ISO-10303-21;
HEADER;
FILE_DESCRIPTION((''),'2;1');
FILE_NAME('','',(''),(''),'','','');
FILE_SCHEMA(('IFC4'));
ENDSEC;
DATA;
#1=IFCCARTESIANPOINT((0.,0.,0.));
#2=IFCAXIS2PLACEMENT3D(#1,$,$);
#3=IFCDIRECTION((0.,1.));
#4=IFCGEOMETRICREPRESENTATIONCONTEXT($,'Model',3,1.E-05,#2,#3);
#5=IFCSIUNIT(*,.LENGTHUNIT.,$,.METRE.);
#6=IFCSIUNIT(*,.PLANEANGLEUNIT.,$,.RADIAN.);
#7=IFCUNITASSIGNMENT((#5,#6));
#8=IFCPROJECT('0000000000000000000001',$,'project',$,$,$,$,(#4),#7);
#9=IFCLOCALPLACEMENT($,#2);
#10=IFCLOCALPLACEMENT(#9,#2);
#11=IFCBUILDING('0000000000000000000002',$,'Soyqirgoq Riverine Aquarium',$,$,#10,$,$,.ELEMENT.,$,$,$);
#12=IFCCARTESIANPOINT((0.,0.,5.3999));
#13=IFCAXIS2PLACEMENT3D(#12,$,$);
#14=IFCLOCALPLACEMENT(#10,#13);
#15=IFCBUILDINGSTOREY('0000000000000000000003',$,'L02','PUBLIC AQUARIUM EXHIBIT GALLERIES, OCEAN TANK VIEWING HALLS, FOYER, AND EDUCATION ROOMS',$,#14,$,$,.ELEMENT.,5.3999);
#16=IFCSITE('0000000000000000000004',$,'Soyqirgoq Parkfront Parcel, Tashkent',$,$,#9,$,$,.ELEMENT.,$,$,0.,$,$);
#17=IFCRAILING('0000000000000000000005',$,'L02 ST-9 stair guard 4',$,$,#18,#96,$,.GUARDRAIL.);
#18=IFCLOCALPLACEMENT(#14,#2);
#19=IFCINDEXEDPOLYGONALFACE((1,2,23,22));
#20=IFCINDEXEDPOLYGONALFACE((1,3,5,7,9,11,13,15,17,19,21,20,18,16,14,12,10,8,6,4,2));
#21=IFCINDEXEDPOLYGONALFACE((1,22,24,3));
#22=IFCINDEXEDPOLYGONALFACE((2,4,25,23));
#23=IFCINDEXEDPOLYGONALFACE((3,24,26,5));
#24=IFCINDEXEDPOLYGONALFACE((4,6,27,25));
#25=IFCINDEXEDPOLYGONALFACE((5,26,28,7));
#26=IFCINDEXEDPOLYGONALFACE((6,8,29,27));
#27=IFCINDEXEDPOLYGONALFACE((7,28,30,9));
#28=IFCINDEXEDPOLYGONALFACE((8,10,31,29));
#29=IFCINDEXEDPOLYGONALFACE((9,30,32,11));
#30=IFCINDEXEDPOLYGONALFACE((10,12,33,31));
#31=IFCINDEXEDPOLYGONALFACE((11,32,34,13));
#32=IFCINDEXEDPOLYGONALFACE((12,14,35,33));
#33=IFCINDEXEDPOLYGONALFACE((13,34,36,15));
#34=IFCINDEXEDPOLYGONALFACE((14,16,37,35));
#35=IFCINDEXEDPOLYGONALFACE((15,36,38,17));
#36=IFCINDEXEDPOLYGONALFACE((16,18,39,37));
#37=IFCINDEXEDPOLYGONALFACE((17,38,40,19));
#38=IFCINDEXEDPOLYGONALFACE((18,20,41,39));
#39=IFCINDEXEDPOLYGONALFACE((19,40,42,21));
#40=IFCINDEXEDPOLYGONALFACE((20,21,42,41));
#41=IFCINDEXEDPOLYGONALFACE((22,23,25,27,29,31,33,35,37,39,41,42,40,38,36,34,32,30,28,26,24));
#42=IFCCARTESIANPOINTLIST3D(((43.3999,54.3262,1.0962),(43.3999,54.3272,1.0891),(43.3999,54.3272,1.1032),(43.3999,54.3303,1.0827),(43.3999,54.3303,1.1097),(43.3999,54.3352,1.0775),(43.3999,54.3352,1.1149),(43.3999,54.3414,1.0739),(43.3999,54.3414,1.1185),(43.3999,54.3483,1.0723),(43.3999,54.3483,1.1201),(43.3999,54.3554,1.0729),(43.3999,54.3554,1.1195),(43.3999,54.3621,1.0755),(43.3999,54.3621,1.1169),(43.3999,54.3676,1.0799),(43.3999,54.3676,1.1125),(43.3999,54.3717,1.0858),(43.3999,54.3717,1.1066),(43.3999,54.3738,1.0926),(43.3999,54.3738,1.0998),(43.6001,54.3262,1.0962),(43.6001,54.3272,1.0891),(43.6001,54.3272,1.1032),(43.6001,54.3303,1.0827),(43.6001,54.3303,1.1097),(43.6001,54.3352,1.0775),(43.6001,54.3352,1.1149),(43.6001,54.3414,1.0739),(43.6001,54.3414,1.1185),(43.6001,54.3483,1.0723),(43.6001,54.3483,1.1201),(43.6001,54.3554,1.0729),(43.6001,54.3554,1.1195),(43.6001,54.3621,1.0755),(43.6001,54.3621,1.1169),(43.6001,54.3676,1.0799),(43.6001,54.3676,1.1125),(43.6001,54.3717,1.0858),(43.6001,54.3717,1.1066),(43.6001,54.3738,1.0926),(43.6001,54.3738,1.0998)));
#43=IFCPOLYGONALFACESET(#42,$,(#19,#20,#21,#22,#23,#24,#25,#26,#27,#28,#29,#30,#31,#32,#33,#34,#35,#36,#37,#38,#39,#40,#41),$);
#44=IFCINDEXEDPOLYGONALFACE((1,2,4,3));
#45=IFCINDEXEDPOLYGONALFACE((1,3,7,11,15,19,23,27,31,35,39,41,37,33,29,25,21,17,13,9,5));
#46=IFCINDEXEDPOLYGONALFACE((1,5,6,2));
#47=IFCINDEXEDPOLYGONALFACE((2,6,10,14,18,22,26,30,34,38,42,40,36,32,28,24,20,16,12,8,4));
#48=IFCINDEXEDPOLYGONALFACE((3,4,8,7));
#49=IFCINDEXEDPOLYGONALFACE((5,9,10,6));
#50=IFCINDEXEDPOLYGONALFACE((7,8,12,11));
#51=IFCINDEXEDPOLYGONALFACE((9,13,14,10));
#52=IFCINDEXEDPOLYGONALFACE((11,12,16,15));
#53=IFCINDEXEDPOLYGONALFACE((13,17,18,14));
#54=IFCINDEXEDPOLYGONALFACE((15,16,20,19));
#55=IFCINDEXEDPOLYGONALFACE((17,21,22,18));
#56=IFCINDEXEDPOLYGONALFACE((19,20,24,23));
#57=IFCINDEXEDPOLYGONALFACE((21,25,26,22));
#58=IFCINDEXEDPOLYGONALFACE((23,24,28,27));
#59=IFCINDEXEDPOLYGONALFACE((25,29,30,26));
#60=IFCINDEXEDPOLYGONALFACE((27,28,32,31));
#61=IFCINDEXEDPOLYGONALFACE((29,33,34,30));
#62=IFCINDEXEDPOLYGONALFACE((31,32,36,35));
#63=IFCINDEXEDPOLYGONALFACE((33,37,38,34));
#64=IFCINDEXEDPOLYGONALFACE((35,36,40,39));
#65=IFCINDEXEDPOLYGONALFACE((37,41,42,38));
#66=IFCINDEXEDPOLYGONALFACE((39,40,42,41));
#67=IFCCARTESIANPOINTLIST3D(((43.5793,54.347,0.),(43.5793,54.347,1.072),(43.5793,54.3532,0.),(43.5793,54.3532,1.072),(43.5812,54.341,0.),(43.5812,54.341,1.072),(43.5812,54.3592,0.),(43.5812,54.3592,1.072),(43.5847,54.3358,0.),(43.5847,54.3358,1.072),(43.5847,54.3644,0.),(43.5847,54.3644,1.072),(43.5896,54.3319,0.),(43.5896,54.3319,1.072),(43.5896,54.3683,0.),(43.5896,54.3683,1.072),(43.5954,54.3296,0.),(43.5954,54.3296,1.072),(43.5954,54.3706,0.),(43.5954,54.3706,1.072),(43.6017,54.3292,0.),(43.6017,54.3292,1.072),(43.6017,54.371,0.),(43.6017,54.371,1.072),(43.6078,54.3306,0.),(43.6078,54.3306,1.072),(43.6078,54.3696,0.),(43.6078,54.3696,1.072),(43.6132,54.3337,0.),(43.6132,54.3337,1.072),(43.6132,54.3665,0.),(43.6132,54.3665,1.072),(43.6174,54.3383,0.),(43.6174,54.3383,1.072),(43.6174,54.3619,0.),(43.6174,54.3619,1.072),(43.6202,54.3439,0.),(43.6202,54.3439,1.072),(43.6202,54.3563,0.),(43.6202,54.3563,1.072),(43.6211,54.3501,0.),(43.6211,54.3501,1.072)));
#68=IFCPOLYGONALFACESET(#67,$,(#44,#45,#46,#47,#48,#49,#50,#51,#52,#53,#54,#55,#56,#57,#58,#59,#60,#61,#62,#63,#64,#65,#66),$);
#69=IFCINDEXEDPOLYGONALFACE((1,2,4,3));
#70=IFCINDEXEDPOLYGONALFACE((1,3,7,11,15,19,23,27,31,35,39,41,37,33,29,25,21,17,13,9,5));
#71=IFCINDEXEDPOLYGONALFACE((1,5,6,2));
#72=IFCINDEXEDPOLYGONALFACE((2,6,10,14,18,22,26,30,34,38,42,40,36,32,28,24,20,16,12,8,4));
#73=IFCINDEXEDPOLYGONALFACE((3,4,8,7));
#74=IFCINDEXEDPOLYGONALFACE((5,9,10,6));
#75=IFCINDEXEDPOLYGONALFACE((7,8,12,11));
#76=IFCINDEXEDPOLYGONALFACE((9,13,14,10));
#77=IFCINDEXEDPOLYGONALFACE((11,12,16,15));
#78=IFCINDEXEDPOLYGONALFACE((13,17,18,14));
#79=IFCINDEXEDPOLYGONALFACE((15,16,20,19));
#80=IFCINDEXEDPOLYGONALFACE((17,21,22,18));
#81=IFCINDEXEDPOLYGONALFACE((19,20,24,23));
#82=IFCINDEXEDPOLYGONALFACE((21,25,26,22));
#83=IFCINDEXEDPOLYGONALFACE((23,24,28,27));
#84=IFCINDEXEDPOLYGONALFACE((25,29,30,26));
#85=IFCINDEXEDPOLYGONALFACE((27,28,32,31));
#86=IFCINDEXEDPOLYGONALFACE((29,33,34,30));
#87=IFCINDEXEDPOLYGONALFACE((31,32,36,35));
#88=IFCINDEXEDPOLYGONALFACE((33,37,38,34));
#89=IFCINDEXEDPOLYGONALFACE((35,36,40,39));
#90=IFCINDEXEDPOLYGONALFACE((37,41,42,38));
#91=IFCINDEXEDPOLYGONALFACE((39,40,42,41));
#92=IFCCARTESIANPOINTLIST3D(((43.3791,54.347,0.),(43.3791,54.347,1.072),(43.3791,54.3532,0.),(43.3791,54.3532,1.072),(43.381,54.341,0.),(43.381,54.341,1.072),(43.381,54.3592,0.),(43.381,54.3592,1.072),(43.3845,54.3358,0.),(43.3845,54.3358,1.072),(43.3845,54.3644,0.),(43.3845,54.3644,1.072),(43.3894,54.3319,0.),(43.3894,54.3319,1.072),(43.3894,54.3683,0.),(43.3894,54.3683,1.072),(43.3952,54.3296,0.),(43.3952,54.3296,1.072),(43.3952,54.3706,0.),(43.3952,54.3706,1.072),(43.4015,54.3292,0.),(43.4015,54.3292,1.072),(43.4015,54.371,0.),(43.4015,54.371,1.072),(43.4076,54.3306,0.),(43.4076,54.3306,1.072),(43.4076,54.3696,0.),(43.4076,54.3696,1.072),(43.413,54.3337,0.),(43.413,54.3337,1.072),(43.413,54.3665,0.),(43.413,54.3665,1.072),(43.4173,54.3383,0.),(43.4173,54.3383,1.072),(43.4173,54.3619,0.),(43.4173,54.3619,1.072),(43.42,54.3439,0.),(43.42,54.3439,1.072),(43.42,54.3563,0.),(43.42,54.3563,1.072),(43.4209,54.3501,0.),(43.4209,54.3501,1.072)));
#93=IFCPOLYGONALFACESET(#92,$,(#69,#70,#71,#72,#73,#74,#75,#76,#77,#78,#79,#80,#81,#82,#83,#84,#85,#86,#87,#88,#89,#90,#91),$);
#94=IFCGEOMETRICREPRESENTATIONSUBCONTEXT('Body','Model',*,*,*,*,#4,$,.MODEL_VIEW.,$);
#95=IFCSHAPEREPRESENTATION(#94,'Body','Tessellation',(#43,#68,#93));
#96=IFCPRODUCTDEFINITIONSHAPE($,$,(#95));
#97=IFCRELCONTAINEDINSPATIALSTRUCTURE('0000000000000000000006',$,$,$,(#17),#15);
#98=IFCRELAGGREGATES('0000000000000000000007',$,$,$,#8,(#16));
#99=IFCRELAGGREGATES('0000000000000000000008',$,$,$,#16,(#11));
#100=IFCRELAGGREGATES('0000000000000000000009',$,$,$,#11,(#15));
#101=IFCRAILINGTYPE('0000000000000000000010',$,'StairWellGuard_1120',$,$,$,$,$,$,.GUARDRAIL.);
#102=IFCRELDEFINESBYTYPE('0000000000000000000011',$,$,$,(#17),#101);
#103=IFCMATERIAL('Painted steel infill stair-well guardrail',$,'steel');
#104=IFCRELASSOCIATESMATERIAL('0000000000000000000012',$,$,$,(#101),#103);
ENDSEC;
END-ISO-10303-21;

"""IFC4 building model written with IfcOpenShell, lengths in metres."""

from ifc_helpers import new_model, si_unit, direction, frame, origin, origin_2d, place, context, subcontext, project, spatial, circle, extrude, material, type_object, element, save


model = new_model("IFC4")

# Units and contexts
model_context = context("Model", 3, precision=1e-05, world=origin(), true_north=direction((0.0, 1.0)))
body_context = subcontext(model_context, "Body", "Model", "MODEL_VIEW")
ifc_project = project(units=[si_unit("LENGTHUNIT", "METRE"), si_unit("PLANEANGLEUNIT", "RADIAN")], contexts=[model_context])

# Site, building, storey
site_placement = place(None, origin())
site = spatial("IfcSite", under=ifc_project, at=site_placement, Name="Soyqirgoq Parkfront Parcel, Tashkent", CompositionType="ELEMENT", RefElevation=0.0)
building_placement = place(site_placement, origin())
building = spatial("IfcBuilding", under=site, at=building_placement, Name="Soyqirgoq Riverine Aquarium", CompositionType="ELEMENT")
storey_placement = place(building_placement, frame((0.0, 0.0, 5.3999)))
storey = spatial("IfcBuildingStorey", under=building, at=storey_placement, Name="L02", Description="PUBLIC AQUARIUM EXHIBIT GALLERIES, OCEAN TANK VIEWING HALLS, FOYER, AND EDUCATION ROOMS", CompositionType="ELEMENT", Elevation=5.3999)

# Railing
ifc_material_1 = material(Name="Painted steel infill stair-well guardrail", Category="steel")
railing_type_1 = type_object("IfcRailingType", Name="StairWellGuard_1120", PredefinedType="GUARDRAIL", material=ifc_material_1)
railing_1_placement = place(storey_placement, frame((43.6001, 54.3501, 0.0)))
element("IfcRailing", 1, at=railing_1_placement, inside=storey, type_object=railing_type_1, Name="L02 ST-9 stair guard 4", PredefinedType="GUARDRAIL", context=body_context, shape_type="SweptSolid", body=[
    extrude(circle(Radius=0.0239, at=origin_2d()), frame((0.0, 0.0, 1.0962), z_axis=(-1.0, 0.0, 0.0), x_axis=(0.0, -1.0, 0.0)), (0.0, 0.0, 1.0), 0.2002),
    extrude(circle(Radius=0.021, at=origin_2d()), origin(), (0.0, 0.0, 1.0), 1.072),
    extrude(circle(Radius=0.021, at=origin_2d()), frame((-0.2002, 0.0, 0.0)), (0.0, 0.0, 1.0), 1.072),
])

save(model, "model.ifc")
